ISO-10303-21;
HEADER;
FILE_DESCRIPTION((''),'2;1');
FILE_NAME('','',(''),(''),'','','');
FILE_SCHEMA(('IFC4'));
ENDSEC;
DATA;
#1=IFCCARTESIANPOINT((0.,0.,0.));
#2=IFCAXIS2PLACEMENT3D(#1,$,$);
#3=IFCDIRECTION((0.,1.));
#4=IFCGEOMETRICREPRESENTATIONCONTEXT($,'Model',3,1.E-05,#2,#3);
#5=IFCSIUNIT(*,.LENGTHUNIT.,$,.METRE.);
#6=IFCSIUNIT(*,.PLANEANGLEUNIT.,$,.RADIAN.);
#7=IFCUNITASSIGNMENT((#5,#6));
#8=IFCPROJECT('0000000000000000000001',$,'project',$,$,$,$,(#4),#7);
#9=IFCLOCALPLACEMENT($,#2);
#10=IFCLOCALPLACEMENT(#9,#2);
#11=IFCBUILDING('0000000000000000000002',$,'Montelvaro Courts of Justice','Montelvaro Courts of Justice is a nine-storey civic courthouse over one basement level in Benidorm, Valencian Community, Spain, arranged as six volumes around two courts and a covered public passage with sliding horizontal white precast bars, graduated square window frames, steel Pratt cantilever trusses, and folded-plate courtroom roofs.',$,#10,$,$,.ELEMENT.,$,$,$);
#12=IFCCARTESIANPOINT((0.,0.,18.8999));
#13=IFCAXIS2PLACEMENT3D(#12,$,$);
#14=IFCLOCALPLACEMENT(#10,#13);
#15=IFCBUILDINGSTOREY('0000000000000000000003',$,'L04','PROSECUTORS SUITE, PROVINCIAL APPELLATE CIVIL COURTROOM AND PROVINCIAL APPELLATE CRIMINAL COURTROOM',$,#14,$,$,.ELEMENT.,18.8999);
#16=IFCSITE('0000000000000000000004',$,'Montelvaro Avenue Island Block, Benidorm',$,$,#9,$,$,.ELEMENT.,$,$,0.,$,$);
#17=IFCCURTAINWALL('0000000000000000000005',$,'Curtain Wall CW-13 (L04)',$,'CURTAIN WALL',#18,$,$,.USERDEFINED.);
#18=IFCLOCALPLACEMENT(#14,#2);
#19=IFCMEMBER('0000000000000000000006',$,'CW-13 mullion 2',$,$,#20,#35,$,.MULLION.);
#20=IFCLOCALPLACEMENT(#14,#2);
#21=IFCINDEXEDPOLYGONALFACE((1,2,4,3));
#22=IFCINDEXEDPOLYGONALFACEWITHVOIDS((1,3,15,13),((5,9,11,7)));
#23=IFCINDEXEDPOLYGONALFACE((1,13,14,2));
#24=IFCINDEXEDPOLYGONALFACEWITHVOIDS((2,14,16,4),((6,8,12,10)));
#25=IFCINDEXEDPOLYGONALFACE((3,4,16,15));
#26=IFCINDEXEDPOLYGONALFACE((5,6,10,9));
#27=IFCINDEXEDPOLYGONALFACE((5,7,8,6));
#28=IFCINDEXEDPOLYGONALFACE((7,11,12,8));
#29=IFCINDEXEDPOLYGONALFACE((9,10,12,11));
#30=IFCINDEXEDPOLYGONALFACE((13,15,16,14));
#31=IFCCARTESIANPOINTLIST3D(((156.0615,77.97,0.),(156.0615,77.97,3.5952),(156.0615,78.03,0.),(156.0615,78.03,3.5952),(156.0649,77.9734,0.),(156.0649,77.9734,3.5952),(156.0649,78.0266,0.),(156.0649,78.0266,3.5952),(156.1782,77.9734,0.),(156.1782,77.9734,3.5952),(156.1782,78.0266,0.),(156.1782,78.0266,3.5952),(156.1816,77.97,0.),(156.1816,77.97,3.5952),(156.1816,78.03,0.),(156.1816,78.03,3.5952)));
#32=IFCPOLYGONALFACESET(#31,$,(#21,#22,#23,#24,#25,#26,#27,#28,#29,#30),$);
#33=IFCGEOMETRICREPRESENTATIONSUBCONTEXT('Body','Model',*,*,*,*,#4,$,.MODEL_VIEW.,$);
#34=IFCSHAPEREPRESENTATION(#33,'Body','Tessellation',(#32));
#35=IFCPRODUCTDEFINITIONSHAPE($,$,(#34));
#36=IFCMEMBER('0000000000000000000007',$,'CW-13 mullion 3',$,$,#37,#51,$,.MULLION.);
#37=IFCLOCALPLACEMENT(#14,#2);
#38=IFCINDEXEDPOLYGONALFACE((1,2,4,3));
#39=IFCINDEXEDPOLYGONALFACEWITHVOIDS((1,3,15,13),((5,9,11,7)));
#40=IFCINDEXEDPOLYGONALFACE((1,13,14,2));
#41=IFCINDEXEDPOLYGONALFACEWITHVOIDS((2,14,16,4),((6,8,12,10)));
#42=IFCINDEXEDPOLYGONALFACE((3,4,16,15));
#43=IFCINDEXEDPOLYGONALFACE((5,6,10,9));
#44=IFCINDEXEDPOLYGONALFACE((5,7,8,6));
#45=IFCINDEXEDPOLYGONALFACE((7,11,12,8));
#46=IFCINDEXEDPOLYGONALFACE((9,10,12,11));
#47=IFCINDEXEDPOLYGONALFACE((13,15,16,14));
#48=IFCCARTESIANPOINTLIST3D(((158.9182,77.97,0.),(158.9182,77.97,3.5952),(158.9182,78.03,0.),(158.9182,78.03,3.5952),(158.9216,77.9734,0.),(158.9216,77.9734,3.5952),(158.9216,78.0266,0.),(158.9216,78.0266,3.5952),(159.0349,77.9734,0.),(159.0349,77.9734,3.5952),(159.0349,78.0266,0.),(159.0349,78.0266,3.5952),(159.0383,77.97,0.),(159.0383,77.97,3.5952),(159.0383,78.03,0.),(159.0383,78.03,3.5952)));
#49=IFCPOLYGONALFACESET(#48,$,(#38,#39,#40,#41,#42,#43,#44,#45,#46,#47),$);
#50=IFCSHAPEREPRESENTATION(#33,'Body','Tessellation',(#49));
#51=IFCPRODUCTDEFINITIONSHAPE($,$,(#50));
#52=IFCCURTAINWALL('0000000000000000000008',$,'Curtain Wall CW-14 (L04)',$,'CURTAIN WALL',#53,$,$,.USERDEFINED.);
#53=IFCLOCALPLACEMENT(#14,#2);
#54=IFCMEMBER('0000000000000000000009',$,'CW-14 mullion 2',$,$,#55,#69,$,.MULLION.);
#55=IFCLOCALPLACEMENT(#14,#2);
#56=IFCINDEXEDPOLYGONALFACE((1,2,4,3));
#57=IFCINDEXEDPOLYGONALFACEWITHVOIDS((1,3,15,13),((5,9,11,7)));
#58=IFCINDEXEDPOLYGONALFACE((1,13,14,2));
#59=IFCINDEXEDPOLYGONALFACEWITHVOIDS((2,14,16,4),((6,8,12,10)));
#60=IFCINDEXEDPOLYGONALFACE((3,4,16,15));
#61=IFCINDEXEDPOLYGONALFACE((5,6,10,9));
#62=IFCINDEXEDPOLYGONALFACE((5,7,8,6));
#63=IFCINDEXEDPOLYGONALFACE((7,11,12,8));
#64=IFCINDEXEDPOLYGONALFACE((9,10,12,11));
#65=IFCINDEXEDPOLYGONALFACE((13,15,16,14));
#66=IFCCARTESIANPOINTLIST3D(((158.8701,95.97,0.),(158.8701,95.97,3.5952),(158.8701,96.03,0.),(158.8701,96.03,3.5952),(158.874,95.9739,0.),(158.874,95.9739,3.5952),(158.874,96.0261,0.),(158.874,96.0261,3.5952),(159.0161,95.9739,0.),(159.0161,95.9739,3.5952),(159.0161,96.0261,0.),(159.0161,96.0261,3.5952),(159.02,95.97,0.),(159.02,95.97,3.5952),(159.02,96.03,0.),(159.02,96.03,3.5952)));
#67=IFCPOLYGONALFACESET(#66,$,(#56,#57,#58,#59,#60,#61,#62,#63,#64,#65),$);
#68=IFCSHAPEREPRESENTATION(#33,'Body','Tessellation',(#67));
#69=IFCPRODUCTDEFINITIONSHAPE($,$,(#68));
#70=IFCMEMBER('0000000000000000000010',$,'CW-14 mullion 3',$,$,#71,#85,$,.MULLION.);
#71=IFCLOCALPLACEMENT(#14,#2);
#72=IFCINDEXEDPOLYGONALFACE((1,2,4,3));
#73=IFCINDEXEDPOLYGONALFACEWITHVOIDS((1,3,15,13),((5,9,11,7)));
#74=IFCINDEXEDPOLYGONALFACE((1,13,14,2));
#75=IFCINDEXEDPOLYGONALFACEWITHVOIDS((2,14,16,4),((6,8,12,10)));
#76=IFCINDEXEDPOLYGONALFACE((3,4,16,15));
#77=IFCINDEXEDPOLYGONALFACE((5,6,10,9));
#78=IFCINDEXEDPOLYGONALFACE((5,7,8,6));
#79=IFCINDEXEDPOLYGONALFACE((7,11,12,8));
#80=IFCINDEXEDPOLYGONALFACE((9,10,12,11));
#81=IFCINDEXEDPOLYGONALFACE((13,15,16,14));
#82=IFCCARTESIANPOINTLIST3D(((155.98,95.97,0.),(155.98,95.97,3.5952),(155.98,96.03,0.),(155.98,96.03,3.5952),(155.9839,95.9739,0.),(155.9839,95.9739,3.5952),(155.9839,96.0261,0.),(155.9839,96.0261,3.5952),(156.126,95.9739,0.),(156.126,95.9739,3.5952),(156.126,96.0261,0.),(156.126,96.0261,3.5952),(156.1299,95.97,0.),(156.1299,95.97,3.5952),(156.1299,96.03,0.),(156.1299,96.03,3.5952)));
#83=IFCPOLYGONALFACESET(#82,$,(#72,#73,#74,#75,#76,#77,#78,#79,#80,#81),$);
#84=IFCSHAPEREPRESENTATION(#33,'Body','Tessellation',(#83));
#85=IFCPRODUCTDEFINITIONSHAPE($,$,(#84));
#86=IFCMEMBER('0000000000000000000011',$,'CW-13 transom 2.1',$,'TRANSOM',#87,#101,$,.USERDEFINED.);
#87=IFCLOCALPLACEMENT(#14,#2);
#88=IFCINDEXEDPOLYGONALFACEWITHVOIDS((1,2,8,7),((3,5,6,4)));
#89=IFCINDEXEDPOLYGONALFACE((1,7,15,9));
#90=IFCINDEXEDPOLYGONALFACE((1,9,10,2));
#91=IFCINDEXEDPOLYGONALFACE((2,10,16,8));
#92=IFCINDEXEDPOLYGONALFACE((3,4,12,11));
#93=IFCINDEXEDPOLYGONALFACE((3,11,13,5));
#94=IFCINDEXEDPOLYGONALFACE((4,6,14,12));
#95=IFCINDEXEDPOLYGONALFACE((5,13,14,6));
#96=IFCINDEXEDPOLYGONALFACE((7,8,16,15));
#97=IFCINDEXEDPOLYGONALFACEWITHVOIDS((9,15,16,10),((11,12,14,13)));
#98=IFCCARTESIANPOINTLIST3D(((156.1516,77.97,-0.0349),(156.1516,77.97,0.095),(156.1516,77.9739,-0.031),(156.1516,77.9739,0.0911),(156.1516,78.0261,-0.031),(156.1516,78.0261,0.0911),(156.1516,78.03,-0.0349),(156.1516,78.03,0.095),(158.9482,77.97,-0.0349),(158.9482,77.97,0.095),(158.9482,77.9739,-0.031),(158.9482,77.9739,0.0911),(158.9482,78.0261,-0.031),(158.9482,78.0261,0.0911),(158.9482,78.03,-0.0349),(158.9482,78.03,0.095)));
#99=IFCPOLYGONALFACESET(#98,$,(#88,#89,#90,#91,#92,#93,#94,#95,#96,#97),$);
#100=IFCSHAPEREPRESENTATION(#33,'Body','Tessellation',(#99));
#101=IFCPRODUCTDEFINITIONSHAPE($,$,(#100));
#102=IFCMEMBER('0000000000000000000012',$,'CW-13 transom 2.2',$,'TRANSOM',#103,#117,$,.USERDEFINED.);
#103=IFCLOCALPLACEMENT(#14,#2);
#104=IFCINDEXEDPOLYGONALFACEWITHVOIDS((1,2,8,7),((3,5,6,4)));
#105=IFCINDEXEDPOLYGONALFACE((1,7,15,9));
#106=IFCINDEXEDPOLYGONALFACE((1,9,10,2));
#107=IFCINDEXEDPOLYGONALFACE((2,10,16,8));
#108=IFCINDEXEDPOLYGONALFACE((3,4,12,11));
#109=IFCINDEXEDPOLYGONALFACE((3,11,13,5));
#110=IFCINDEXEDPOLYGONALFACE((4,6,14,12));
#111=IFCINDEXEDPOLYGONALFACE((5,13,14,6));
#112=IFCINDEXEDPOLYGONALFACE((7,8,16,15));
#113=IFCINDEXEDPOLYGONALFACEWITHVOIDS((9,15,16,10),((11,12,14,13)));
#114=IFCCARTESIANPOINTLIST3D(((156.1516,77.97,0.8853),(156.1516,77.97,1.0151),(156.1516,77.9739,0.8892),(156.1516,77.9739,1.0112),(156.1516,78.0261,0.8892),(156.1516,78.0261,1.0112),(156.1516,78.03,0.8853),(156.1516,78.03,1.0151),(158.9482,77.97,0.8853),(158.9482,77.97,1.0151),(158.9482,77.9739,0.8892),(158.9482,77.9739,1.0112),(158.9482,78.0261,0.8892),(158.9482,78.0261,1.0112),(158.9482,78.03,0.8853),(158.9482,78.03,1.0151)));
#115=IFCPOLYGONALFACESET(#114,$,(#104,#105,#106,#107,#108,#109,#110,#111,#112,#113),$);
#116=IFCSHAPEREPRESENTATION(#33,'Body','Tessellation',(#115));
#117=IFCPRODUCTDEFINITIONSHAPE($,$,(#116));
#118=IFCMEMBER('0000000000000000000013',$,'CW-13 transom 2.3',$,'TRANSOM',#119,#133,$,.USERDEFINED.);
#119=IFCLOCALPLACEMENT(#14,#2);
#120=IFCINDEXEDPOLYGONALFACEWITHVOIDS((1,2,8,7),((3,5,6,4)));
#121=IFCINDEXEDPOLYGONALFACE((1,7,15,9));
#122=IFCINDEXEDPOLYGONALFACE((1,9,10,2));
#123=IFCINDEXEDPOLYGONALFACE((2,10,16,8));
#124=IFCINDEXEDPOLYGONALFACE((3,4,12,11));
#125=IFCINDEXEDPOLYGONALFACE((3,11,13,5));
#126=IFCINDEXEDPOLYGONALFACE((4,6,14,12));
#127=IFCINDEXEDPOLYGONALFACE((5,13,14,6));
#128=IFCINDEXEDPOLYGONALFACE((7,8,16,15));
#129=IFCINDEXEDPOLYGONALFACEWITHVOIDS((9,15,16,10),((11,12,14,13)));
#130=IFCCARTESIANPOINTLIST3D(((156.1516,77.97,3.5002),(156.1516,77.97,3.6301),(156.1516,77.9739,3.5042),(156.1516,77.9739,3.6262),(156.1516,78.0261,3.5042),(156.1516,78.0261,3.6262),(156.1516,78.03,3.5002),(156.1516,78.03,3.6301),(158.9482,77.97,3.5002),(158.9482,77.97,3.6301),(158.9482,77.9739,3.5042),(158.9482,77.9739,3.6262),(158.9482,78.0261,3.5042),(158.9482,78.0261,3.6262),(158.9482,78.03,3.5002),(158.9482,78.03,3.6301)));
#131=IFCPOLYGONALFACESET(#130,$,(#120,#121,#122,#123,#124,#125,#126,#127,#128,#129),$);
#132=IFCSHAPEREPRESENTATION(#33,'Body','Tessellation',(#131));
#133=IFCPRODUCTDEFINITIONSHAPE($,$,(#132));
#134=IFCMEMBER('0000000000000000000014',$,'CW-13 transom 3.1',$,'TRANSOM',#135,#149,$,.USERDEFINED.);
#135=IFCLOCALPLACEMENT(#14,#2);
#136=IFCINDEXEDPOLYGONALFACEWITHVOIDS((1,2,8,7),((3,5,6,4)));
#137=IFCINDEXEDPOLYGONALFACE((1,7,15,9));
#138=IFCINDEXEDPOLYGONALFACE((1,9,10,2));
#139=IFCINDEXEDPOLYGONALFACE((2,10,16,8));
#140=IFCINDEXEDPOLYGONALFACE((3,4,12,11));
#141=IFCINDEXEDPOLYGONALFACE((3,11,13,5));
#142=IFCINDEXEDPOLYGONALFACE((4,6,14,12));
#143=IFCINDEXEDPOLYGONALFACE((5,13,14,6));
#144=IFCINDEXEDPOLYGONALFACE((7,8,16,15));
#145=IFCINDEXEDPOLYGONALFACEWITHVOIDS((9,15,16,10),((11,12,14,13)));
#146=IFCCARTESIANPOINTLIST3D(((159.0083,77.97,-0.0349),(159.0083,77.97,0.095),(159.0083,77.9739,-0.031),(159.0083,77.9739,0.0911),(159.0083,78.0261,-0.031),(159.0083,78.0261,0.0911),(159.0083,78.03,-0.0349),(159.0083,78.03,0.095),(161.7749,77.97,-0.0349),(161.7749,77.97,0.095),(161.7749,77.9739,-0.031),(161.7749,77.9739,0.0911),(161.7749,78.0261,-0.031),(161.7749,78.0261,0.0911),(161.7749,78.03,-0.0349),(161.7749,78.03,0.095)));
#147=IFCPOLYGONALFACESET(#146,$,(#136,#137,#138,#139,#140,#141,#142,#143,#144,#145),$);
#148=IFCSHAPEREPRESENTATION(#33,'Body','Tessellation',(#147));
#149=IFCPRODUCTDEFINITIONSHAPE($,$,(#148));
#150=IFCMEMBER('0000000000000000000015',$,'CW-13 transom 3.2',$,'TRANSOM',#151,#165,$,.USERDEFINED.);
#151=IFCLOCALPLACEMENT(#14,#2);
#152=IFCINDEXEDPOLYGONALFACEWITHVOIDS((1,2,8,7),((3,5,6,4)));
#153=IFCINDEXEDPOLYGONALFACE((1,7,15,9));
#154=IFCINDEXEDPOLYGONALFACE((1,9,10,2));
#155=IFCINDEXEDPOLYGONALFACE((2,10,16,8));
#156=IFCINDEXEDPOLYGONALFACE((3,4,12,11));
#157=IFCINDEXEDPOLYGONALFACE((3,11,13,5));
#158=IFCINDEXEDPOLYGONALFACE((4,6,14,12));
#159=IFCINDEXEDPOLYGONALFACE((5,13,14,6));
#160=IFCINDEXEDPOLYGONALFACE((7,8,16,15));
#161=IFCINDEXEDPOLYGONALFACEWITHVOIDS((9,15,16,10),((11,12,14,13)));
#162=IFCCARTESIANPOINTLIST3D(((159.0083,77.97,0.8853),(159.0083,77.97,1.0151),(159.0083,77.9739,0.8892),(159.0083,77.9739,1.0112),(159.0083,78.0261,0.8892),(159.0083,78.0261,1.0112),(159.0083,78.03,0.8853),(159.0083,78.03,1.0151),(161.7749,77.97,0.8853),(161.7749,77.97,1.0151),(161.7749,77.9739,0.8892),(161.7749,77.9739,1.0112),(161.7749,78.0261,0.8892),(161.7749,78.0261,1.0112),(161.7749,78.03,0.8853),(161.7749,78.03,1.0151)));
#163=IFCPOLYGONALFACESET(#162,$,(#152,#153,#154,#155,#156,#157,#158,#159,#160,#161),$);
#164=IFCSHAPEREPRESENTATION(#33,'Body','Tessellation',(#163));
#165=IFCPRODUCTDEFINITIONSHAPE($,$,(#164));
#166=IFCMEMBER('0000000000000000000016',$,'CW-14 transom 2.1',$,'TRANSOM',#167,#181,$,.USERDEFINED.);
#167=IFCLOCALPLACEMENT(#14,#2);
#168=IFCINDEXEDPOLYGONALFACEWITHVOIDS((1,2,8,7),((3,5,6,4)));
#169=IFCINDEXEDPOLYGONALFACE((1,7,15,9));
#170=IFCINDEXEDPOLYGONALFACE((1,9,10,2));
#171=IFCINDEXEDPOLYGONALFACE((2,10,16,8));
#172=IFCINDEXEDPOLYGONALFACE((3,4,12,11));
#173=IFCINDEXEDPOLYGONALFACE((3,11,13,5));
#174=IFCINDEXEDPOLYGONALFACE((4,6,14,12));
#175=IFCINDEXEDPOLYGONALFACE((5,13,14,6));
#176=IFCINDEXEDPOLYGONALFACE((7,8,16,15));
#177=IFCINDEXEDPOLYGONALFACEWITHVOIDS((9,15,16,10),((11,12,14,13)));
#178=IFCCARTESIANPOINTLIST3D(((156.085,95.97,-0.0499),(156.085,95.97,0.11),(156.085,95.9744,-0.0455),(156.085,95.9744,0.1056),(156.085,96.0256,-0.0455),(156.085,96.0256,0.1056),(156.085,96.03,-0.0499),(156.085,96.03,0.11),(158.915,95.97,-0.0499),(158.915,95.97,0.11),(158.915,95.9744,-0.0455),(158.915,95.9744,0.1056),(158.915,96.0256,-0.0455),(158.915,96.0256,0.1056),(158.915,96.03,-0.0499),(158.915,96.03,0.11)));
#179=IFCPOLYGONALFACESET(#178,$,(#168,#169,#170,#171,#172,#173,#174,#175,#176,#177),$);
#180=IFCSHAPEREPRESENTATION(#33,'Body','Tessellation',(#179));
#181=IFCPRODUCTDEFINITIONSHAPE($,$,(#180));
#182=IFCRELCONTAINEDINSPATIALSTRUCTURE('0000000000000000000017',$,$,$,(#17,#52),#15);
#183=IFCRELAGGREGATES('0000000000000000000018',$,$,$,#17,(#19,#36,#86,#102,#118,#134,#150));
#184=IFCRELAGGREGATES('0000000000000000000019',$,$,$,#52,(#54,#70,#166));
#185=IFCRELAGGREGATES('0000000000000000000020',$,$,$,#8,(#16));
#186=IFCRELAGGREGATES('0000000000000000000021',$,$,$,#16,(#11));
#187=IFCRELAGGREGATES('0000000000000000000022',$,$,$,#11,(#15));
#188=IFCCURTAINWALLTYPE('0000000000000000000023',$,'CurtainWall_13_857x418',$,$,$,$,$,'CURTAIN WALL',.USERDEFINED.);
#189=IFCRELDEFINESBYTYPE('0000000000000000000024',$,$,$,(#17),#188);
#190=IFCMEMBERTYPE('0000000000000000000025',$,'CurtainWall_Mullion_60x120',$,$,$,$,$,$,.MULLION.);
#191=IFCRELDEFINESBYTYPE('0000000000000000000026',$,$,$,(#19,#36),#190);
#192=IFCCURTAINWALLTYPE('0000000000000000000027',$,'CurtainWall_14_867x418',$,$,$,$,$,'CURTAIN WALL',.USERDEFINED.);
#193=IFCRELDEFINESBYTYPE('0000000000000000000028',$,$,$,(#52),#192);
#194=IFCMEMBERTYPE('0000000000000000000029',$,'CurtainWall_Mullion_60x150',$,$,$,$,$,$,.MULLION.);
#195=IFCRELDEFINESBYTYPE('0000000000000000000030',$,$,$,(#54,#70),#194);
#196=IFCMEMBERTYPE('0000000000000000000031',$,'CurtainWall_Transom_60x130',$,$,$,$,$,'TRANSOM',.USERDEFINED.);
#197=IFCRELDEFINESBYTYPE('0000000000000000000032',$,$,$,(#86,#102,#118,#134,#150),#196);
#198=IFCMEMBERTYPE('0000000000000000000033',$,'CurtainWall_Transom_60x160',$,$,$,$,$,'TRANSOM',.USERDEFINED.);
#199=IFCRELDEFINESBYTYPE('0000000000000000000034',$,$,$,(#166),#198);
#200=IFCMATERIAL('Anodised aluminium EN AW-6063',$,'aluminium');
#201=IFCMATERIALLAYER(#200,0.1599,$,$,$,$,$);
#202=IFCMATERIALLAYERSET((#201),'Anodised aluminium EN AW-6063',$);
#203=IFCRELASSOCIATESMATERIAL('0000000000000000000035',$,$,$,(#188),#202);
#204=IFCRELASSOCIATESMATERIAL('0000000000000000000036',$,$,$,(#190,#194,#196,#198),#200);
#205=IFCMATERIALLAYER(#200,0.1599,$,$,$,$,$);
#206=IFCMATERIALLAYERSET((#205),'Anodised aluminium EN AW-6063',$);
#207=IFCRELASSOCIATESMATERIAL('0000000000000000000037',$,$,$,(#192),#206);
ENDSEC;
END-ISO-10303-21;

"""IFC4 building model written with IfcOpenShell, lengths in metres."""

from ifc_helpers import new_model, si_unit, direction, frame, origin, origin_2d, place, context, subcontext, project, spatial, hollow_rectangle, extrude, material, layer, layer_set, material_profile, profile_set, type_object, element, aggregate, save


model = new_model("IFC4")

# Units and contexts
model_context = context("Model", 3, precision=1e-05, world=origin(), true_north=direction((0.0, 1.0)))
body_context = subcontext(model_context, "Body", "Model", "MODEL_VIEW")
ifc_project = project(units=[si_unit("LENGTHUNIT", "METRE"), si_unit("PLANEANGLEUNIT", "RADIAN")], contexts=[model_context])

# Site, building, storey
site_placement = place(None, origin())
site = spatial("IfcSite", under=ifc_project, at=site_placement, Name="Montelvaro Avenue Island Block, Benidorm", CompositionType="ELEMENT", RefElevation=0.0)
building_placement = place(site_placement, origin())
building = spatial("IfcBuilding", under=site, at=building_placement, Name="Montelvaro Courts of Justice", Description="Montelvaro Courts of Justice is a nine-storey civic courthouse over one basement level in Benidorm, Valencian Community, Spain, arranged as six volumes around two courts and a covered public passage with sliding horizontal white precast bars, graduated square window frames, steel Pratt cantilever trusses, and folded-plate courtroom roofs.", CompositionType="ELEMENT")
storey_placement = place(building_placement, frame((0.0, 0.0, 18.8999)))
storey = spatial("IfcBuildingStorey", under=building, at=storey_placement, Name="L04", Description="PROSECUTORS SUITE, PROVINCIAL APPELLATE CIVIL COURTROOM AND PROVINCIAL APPELLATE CRIMINAL COURTROOM", CompositionType="ELEMENT", Elevation=18.8999)

# Curtain walls, members
ifc_material_1 = material(Name="Anodised aluminium EN AW-6063", Category="aluminium")
ifc_layer_1 = layer(ifc_material_1, 0.1599)
ifc_layer_set_1 = layer_set([ifc_layer_1], Name="Anodised aluminium EN AW-6063")
curtain_wall_type_1 = type_object("IfcCurtainWallType", Name="CurtainWall_13_857x418", ElementType="CURTAIN WALL", PredefinedType="USERDEFINED", material=ifc_layer_set_1)
curtain_wall_1_placement = place(storey_placement, origin())
curtain_wall_1 = element("IfcCurtainWall", 1, at=curtain_wall_1_placement, inside=storey, type_object=curtain_wall_type_1, Name="Curtain Wall CW-13 (L04)", ObjectType="CURTAIN WALL", PredefinedType="USERDEFINED")
ifc_material_profile_1 = material_profile(ifc_material_1, hollow_rectangle(XDim=0.0601, YDim=0.1201, WallThickness=0.0034, at=origin_2d()), Name="ALU-M 60x120")
ifc_profile_set_1 = profile_set([ifc_material_profile_1], Name="Anodised aluminium EN AW-6063")
member_type_1 = type_object("IfcMemberType", Name="CurtainWall_Mullion_60x120", PredefinedType="MULLION", material=ifc_profile_set_1)
member_1_placement = place(storey_placement, frame((156.1216, 78.0, 0.0), z_axis=(0.0, 0.0, 1.0), x_axis=(0.0, 1.0, 0.0)))
member_1 = element("IfcMember", 2, at=member_1_placement, type_object=member_type_1, Name="CW-13 mullion 2", PredefinedType="MULLION", context=body_context, shape_type="SweptSolid", body=[
    extrude(hollow_rectangle(XDim=0.0601, YDim=0.1201, WallThickness=0.0034, at=origin_2d()), origin(), (0.0, 0.0, 1.0), 3.5952),
])
member_2_placement = place(storey_placement, frame((158.9783, 78.0, 0.0), z_axis=(0.0, 0.0, 1.0), x_axis=(0.0, 1.0, 0.0)))
member_2 = element("IfcMember", 3, at=member_2_placement, type_object=member_type_1, Name="CW-13 mullion 3", PredefinedType="MULLION", context=body_context, shape_type="SweptSolid", body=[
    extrude(hollow_rectangle(XDim=0.0601, YDim=0.1201, WallThickness=0.0034, at=origin_2d()), origin(), (0.0, 0.0, 1.0), 3.5952),
])
ifc_layer_2 = layer(ifc_material_1, 0.1599)
ifc_layer_set_2 = layer_set([ifc_layer_2], Name="Anodised aluminium EN AW-6063")
curtain_wall_type_2 = type_object("IfcCurtainWallType", Name="CurtainWall_14_867x418", ElementType="CURTAIN WALL", PredefinedType="USERDEFINED", material=ifc_layer_set_2)
curtain_wall_2_placement = place(storey_placement, origin())
curtain_wall_2 = element("IfcCurtainWall", 4, at=curtain_wall_2_placement, inside=storey, type_object=curtain_wall_type_2, Name="Curtain Wall CW-14 (L04)", ObjectType="CURTAIN WALL", PredefinedType="USERDEFINED")
ifc_material_profile_2 = material_profile(ifc_material_1, hollow_rectangle(XDim=0.0601, YDim=0.1499, WallThickness=0.0039, at=origin_2d()), Name="ALU-M 60x150")
ifc_profile_set_2 = profile_set([ifc_material_profile_2], Name="Anodised aluminium EN AW-6063")
member_type_2 = type_object("IfcMemberType", Name="CurtainWall_Mullion_60x150", PredefinedType="MULLION", material=ifc_profile_set_2)
member_3_placement = place(storey_placement, frame((158.9451, 96.0, 0.0), z_axis=(0.0, 0.0, 1.0), x_axis=(0.0, -1.0, 0.0)))
member_3 = element("IfcMember", 5, at=member_3_placement, type_object=member_type_2, Name="CW-14 mullion 2", PredefinedType="MULLION", context=body_context, shape_type="SweptSolid", body=[
    extrude(hollow_rectangle(XDim=0.0601, YDim=0.1499, WallThickness=0.0039, at=origin_2d()), origin(), (0.0, 0.0, 1.0), 3.5952),
])
member_4_placement = place(storey_placement, frame((156.0549, 96.0, 0.0), z_axis=(0.0, 0.0, 1.0), x_axis=(0.0, -1.0, 0.0)))
member_4 = element("IfcMember", 6, at=member_4_placement, type_object=member_type_2, Name="CW-14 mullion 3", PredefinedType="MULLION", context=body_context, shape_type="SweptSolid", body=[
    extrude(hollow_rectangle(XDim=0.0601, YDim=0.1499, WallThickness=0.0039, at=origin_2d()), origin(), (0.0, 0.0, 1.0), 3.5952),
])

# Members
ifc_material_profile_3 = material_profile(ifc_material_1, hollow_rectangle(XDim=0.0601, YDim=0.1299, WallThickness=0.0039, at=origin_2d()), Name="ALU-T 60x130")
ifc_profile_set_3 = profile_set([ifc_material_profile_3], Name="Anodised aluminium EN AW-6063")
member_type_3 = type_object("IfcMemberType", Name="CurtainWall_Transom_60x130", ElementType="TRANSOM", PredefinedType="USERDEFINED", material=ifc_profile_set_3)
member_5_placement = place(storey_placement, frame((156.1516, 78.0, 0.03), z_axis=(1.0, 0.0, 0.0), x_axis=(0.0, 1.0, 0.0)))
member_5 = element("IfcMember", 7, at=member_5_placement, type_object=member_type_3, Name="CW-13 transom 2.1", ObjectType="TRANSOM", PredefinedType="USERDEFINED", context=body_context, shape_type="SweptSolid", body=[
    extrude(hollow_rectangle(XDim=0.0601, YDim=0.1299, WallThickness=0.0039, at=origin_2d()), origin(), (0.0, 0.0, 1.0), 2.7966),
])
member_6_placement = place(storey_placement, frame((156.1516, 78.0, 0.9502), z_axis=(1.0, 0.0, 0.0), x_axis=(0.0, 1.0, 0.0)))
member_6 = element("IfcMember", 8, at=member_6_placement, type_object=member_type_3, Name="CW-13 transom 2.2", ObjectType="TRANSOM", PredefinedType="USERDEFINED", context=body_context, shape_type="SweptSolid", body=[
    extrude(hollow_rectangle(XDim=0.0601, YDim=0.1299, WallThickness=0.0039, at=origin_2d()), origin(), (0.0, 0.0, 1.0), 2.7966),
])
member_7_placement = place(storey_placement, frame((156.1516, 78.0, 3.5652), z_axis=(1.0, 0.0, 0.0), x_axis=(0.0, 1.0, 0.0)))
member_7 = element("IfcMember", 9, at=member_7_placement, type_object=member_type_3, Name="CW-13 transom 2.3", ObjectType="TRANSOM", PredefinedType="USERDEFINED", context=body_context, shape_type="SweptSolid", body=[
    extrude(hollow_rectangle(XDim=0.0601, YDim=0.1299, WallThickness=0.0039, at=origin_2d()), origin(), (0.0, 0.0, 1.0), 2.7966),
])
member_8_placement = place(storey_placement, frame((159.0083, 78.0, 0.03), z_axis=(1.0, 0.0, 0.0), x_axis=(0.0, 1.0, 0.0)))
member_8 = element("IfcMember", 10, at=member_8_placement, type_object=member_type_3, Name="CW-13 transom 3.1", ObjectType="TRANSOM", PredefinedType="USERDEFINED", context=body_context, shape_type="SweptSolid", body=[
    extrude(hollow_rectangle(XDim=0.0601, YDim=0.1299, WallThickness=0.0039, at=origin_2d()), origin(), (0.0, 0.0, 1.0), 2.7666),
])
member_9_placement = place(storey_placement, frame((159.0083, 78.0, 0.9502), z_axis=(1.0, 0.0, 0.0), x_axis=(0.0, 1.0, 0.0)))
member_9 = element("IfcMember", 11, at=member_9_placement, type_object=member_type_3, Name="CW-13 transom 3.2", ObjectType="TRANSOM", PredefinedType="USERDEFINED", context=body_context, shape_type="SweptSolid", body=[
    extrude(hollow_rectangle(XDim=0.0601, YDim=0.1299, WallThickness=0.0039, at=origin_2d()), origin(), (0.0, 0.0, 1.0), 2.7666),
])
ifc_material_profile_4 = material_profile(ifc_material_1, hollow_rectangle(XDim=0.0601, YDim=0.1599, WallThickness=0.0044, at=origin_2d()), Name="ALU-T 60x160")
ifc_profile_set_4 = profile_set([ifc_material_profile_4], Name="Anodised aluminium EN AW-6063")
member_type_4 = type_object("IfcMemberType", Name="CurtainWall_Transom_60x160", ElementType="TRANSOM", PredefinedType="USERDEFINED", material=ifc_profile_set_4)
member_10_placement = place(storey_placement, frame((158.915, 96.0, 0.03), z_axis=(-1.0, 0.0, 0.0), x_axis=(0.0, -1.0, 0.0)))
member_10 = element("IfcMember", 12, at=member_10_placement, type_object=member_type_4, Name="CW-14 transom 2.1", ObjectType="TRANSOM", PredefinedType="USERDEFINED", context=body_context, shape_type="SweptSolid", body=[
    extrude(hollow_rectangle(XDim=0.0601, YDim=0.1599, WallThickness=0.0044, at=origin_2d()), origin(), (0.0, 0.0, 1.0), 2.8301),
])

aggregate(curtain_wall_1, [member_1, member_2, member_5, member_6, member_7, member_8, member_9])
aggregate(curtain_wall_2, [member_3, member_4, member_10])

save(model, "model.ifc")
